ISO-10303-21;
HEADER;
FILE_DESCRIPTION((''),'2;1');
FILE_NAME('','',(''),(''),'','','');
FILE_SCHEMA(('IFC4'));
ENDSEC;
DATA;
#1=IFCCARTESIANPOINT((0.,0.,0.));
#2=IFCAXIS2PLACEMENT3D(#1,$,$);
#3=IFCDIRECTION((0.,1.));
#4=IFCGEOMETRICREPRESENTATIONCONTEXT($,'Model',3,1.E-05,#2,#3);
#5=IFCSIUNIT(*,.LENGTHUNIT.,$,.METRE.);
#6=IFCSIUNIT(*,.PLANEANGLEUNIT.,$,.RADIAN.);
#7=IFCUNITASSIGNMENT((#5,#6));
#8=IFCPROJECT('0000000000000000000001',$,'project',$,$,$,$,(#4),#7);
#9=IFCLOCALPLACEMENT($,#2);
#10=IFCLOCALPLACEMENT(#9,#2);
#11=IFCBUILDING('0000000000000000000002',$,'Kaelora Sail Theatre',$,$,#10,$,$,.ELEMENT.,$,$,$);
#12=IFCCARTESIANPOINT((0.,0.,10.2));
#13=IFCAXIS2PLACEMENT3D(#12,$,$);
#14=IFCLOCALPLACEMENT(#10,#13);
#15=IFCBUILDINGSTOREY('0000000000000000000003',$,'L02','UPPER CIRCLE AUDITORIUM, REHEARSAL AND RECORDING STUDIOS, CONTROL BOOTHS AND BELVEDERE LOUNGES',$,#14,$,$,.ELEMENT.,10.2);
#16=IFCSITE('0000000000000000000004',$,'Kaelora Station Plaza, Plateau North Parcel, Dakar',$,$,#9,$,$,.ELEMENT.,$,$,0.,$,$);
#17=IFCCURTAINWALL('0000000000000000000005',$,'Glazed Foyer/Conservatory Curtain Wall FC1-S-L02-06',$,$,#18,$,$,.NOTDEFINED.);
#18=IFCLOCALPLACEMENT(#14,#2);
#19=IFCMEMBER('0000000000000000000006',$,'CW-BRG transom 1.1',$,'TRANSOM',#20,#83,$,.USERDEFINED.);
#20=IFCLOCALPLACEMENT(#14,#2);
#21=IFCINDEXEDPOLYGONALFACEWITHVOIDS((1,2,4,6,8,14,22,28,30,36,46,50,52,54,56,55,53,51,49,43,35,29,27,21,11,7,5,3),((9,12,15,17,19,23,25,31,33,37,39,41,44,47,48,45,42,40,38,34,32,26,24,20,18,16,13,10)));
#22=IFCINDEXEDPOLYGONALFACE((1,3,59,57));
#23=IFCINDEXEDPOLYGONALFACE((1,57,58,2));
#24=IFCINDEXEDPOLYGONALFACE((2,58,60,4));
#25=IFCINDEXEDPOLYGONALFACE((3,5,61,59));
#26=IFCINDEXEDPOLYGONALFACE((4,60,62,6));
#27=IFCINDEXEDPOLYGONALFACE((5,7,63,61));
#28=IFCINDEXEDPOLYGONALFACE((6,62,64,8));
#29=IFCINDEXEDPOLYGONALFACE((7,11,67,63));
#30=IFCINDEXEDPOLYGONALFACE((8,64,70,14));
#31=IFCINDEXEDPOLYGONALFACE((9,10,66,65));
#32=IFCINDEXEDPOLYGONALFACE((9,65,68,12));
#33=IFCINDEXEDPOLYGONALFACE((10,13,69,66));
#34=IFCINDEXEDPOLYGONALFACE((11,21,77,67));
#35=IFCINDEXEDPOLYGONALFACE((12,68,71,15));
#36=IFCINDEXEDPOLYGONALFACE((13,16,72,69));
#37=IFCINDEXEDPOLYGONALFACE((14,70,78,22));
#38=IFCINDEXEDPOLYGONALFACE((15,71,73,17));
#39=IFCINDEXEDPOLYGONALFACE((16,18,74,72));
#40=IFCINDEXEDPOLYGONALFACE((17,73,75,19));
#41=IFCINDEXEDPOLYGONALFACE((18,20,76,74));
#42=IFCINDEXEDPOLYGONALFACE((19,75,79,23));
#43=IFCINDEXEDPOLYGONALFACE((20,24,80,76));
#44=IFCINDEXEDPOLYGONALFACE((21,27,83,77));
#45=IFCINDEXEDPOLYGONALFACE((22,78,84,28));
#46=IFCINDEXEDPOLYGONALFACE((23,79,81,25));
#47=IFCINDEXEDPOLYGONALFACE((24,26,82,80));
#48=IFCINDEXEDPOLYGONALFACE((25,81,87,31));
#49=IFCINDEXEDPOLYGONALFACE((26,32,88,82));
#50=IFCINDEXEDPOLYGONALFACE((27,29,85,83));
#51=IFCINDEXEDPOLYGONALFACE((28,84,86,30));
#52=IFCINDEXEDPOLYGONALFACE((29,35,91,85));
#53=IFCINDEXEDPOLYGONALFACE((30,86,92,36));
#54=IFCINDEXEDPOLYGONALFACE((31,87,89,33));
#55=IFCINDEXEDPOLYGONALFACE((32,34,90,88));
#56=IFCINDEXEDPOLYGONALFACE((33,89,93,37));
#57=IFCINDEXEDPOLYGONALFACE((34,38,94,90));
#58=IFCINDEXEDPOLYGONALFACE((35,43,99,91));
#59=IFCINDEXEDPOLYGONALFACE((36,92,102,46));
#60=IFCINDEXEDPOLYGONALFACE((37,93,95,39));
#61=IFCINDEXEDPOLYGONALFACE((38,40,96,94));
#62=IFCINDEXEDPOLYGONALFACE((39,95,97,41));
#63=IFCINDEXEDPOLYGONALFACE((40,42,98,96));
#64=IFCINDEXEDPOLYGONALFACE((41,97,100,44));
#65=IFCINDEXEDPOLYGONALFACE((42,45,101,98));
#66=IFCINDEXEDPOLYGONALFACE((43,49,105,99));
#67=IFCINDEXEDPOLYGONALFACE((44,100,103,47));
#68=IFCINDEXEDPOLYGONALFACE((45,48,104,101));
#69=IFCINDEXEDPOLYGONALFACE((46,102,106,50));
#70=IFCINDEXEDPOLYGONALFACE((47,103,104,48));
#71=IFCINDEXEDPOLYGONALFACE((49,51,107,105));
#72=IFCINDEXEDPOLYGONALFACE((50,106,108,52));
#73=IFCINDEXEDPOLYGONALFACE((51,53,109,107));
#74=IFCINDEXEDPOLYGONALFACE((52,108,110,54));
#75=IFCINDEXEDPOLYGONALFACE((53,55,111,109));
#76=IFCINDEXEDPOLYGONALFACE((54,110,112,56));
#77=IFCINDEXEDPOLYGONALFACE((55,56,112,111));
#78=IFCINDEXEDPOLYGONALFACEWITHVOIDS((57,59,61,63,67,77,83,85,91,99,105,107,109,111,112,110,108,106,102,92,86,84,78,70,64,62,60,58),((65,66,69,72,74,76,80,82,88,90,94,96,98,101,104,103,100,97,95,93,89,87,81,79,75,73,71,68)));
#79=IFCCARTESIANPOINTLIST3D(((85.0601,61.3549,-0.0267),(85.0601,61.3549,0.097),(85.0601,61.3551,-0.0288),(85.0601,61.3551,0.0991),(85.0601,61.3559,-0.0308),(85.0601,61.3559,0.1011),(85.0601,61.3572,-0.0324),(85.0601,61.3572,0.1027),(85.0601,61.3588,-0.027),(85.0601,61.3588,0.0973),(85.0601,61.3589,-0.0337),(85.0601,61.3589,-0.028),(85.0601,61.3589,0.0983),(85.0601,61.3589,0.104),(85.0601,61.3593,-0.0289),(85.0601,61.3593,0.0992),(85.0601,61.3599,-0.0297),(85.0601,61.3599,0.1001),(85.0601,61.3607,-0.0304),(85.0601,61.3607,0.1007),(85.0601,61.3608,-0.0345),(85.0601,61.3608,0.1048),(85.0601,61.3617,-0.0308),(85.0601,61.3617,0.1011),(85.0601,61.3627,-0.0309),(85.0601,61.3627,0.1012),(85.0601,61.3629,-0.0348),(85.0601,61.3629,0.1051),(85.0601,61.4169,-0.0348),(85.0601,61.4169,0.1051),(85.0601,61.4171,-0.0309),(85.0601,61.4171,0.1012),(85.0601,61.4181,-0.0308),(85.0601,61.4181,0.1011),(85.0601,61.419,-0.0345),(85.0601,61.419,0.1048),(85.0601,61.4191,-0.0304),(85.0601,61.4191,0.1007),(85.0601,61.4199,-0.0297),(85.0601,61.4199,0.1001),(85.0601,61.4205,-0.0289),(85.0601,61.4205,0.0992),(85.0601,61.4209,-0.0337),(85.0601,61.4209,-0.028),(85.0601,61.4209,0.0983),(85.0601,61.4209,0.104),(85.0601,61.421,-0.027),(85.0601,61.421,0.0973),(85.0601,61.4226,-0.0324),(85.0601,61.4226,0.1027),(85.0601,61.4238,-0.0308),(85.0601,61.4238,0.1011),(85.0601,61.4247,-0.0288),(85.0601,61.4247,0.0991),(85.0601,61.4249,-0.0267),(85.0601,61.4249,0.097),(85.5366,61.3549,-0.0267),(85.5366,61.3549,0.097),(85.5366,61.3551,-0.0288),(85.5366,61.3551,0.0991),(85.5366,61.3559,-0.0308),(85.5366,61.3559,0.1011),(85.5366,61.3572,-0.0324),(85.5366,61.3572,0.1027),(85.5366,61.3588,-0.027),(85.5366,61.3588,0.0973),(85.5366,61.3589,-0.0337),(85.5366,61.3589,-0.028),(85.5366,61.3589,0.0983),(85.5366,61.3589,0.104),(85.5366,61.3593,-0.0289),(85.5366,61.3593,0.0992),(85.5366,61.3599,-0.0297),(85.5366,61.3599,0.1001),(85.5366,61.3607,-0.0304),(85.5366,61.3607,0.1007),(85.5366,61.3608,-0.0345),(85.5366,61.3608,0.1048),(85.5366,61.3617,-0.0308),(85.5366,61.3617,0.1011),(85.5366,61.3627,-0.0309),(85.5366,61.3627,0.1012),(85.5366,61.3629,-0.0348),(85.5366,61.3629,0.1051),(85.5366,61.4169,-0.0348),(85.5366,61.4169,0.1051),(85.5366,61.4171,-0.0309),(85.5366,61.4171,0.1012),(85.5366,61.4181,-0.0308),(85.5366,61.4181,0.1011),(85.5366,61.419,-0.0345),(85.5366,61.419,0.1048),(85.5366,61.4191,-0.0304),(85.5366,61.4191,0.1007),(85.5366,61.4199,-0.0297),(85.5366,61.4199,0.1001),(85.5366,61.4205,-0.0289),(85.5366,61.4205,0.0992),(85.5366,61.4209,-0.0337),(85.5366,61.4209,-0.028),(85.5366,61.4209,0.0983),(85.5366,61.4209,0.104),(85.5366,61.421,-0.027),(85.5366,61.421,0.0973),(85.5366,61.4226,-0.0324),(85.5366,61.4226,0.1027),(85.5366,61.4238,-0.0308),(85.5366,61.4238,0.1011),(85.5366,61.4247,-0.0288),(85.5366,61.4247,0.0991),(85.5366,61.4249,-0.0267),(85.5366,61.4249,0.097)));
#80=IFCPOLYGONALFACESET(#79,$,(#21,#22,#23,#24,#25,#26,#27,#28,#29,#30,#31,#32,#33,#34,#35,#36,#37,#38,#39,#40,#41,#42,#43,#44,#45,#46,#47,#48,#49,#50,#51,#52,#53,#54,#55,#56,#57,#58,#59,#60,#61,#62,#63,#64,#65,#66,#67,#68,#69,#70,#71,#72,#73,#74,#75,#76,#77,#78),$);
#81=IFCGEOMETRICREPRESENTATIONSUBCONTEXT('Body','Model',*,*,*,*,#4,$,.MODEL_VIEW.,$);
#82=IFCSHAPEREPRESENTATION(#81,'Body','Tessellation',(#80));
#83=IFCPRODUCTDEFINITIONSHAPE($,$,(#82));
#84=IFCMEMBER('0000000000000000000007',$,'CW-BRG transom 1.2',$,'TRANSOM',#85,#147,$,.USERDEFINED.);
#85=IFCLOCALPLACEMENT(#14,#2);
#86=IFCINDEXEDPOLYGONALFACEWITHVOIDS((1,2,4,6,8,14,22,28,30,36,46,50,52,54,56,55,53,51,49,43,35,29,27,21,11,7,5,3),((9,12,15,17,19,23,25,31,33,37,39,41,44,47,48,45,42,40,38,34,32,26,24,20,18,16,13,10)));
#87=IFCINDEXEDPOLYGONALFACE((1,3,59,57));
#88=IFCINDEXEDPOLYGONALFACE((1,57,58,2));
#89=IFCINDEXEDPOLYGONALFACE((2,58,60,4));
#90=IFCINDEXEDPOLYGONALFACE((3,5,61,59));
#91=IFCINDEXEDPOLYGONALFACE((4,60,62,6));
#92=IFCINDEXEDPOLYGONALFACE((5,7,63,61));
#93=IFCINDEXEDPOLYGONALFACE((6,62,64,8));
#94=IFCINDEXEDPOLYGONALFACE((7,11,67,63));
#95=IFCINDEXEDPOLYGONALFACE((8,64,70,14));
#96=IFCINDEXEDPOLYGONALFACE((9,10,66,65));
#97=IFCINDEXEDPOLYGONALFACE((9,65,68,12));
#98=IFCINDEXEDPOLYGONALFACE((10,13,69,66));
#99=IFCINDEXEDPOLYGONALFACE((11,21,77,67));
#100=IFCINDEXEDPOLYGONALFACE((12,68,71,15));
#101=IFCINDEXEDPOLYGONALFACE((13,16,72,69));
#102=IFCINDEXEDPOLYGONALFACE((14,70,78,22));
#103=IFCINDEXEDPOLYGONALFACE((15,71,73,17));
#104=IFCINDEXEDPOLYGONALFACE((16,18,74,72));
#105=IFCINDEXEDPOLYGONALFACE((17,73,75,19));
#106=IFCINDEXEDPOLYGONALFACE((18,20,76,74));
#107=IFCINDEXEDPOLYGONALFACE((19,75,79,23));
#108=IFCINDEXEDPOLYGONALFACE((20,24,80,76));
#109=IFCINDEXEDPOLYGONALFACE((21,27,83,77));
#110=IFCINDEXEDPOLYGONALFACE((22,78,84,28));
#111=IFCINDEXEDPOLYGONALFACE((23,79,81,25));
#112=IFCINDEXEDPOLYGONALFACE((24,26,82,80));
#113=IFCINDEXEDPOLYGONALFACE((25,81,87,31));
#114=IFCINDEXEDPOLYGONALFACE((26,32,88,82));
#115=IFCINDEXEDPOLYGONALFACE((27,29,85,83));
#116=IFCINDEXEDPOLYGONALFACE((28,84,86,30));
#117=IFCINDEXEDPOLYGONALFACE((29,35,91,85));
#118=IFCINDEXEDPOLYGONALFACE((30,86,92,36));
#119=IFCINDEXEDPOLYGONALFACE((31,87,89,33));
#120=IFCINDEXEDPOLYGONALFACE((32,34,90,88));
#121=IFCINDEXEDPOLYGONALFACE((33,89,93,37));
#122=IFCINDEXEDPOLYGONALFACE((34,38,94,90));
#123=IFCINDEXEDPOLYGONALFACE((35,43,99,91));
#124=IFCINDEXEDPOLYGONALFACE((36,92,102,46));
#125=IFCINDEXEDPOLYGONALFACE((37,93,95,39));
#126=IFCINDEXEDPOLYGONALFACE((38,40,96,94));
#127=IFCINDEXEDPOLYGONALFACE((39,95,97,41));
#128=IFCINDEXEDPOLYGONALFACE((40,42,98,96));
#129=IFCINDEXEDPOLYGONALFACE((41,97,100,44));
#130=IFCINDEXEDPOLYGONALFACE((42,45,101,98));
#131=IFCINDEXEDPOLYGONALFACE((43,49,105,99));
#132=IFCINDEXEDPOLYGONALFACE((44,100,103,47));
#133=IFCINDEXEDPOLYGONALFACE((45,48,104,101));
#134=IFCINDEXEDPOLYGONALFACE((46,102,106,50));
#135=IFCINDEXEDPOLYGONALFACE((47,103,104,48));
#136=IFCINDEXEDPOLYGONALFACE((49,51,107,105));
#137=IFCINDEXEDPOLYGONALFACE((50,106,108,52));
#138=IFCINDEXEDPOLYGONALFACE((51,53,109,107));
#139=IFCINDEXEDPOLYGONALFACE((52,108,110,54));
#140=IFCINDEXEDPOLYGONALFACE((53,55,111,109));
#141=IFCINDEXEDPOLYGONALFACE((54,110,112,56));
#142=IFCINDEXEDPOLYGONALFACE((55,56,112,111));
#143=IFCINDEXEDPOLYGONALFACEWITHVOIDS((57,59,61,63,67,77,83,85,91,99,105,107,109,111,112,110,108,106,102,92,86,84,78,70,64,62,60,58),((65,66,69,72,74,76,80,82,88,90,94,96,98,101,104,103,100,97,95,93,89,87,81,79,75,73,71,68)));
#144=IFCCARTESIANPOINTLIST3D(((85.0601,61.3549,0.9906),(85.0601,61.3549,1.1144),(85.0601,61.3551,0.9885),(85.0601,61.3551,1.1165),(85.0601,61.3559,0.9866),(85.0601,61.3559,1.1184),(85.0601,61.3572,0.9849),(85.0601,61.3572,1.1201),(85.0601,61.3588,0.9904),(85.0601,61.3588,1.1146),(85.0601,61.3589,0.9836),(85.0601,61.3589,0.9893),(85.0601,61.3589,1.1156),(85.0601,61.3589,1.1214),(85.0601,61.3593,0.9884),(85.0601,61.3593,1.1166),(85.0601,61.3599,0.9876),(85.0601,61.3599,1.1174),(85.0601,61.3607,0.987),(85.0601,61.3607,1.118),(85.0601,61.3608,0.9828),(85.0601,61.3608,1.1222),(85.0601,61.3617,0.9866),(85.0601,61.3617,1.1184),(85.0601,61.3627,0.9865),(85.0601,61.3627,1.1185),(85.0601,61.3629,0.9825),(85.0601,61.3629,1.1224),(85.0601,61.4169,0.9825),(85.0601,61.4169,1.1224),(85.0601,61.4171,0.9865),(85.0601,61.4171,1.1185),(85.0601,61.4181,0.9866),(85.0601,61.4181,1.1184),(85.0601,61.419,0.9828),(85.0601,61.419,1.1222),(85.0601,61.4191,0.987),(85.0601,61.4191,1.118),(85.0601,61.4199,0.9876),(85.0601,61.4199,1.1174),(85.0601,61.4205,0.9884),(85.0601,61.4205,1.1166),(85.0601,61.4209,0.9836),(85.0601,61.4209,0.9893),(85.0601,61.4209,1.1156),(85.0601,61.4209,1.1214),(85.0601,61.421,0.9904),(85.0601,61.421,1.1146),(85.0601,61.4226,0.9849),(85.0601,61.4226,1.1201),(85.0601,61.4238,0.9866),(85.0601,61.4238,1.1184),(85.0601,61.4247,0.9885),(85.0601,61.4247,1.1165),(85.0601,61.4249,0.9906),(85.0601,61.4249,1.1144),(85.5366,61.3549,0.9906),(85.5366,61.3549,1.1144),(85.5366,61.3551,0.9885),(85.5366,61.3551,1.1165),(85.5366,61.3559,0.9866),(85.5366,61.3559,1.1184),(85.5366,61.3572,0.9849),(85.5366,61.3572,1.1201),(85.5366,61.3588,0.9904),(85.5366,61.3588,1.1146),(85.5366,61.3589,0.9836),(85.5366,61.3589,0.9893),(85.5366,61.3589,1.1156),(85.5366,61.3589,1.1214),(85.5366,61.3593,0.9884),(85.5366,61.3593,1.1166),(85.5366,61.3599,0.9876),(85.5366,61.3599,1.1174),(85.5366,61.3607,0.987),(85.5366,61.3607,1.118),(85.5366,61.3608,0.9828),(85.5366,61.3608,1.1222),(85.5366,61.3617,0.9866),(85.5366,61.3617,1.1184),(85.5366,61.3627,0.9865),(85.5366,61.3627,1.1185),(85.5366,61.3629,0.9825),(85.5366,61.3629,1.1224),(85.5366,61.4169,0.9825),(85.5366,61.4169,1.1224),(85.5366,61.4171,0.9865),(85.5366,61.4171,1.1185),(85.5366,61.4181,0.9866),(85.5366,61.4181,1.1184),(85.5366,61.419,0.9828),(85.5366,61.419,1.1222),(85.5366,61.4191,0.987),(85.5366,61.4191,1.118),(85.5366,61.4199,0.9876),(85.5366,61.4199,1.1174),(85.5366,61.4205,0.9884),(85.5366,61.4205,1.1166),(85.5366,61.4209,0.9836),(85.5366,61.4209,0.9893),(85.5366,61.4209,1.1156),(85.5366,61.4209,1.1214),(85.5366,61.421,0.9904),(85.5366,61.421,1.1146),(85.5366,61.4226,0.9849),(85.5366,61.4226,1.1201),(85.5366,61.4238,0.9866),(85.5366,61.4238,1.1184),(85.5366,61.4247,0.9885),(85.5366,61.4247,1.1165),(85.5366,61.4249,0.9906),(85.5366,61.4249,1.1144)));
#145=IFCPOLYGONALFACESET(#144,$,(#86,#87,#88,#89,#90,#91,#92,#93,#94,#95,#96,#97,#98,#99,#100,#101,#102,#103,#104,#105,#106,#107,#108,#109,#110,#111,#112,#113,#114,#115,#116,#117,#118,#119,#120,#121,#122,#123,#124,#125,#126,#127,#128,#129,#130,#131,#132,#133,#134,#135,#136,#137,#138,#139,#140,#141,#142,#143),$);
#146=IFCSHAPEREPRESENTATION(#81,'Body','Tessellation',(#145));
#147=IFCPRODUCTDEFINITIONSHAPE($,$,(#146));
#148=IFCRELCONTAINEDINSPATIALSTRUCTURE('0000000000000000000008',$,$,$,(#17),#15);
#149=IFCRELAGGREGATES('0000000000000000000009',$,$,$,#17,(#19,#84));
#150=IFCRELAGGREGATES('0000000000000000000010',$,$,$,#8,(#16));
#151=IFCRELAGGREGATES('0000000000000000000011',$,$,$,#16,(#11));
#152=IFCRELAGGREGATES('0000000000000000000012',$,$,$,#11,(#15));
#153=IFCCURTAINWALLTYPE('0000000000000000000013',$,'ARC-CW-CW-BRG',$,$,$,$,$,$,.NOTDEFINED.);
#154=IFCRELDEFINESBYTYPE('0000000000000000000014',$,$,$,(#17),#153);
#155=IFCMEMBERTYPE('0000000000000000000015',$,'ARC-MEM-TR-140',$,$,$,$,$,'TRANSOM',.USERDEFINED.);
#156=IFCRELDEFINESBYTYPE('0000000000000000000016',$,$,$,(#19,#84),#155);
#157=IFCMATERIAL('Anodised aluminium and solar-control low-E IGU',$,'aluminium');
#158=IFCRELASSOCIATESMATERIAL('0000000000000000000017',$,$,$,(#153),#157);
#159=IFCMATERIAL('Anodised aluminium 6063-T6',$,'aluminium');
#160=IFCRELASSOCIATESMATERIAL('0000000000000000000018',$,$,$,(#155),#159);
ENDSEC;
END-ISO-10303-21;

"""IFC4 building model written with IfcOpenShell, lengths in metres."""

from ifc_helpers import new_model, si_unit, direction, frame, origin, origin_2d, place, context, subcontext, project, spatial, hollow_rectangle, extrude, material, material_profile, profile_set, type_object, element, aggregate, save


model = new_model("IFC4")

# Units and contexts
model_context = context("Model", 3, precision=1e-05, world=origin(), true_north=direction((0.0, 1.0)))
body_context = subcontext(model_context, "Body", "Model", "MODEL_VIEW")
ifc_project = project(units=[si_unit("LENGTHUNIT", "METRE"), si_unit("PLANEANGLEUNIT", "RADIAN")], contexts=[model_context])

# Site, building, storey
site_placement = place(None, origin())
site = spatial("IfcSite", under=ifc_project, at=site_placement, Name="Kaelora Station Plaza, Plateau North Parcel, Dakar", CompositionType="ELEMENT", RefElevation=0.0)
building_placement = place(site_placement, origin())
building = spatial("IfcBuilding", under=site, at=building_placement, Name="Kaelora Sail Theatre", CompositionType="ELEMENT")
storey_placement = place(building_placement, frame((0.0, 0.0, 10.2)))
storey = spatial("IfcBuildingStorey", under=building, at=storey_placement, Name="L02", Description="UPPER CIRCLE AUDITORIUM, REHEARSAL AND RECORDING STUDIOS, CONTROL BOOTHS AND BELVEDERE LOUNGES", CompositionType="ELEMENT", Elevation=10.2)

# Shared definitions
ifc_material_1 = material(Name="Anodised aluminium and solar-control low-E IGU", Category="aluminium")
curtain_wall_type = type_object("IfcCurtainWallType", Name="ARC-CW-CW-BRG", PredefinedType="NOTDEFINED", material=ifc_material_1)

# Curtain wall
curtain_wall_1_placement = place(storey_placement, origin())
curtain_wall_1 = element("IfcCurtainWall", 1, at=curtain_wall_1_placement, inside=storey, type_object=curtain_wall_type, Name="Glazed Foyer/Conservatory Curtain Wall FC1-S-L02-06", PredefinedType="NOTDEFINED")

# Members
ifc_material_2 = material(Name="Anodised aluminium 6063-T6", Category="aluminium")
ifc_material_profile_1 = material_profile(ifc_material_2, hollow_rectangle(XDim=0.0701, YDim=0.1399, WallThickness=0.0039, InnerFilletRadius=0.0039, OuterFilletRadius=0.0081, at=origin_2d()), Name="ALU-TRAN 70x140x4")
ifc_profile_set_1 = profile_set([ifc_material_profile_1], Name="Anodised aluminium 6063-T6")
member_type_1 = type_object("IfcMemberType", Name="ARC-MEM-TR-140", ElementType="TRANSOM", PredefinedType="USERDEFINED", material=ifc_profile_set_1)
member_1_placement = place(storey_placement, frame((85.0601, 61.3899, 0.0352), z_axis=(1.0, 0.0, 0.0), x_axis=(0.0, 1.0, 0.0)))
member_1 = element("IfcMember", 2, at=member_1_placement, type_object=member_type_1, Name="CW-BRG transom 1.1", ObjectType="TRANSOM", PredefinedType="USERDEFINED", context=body_context, shape_type="SweptSolid", body=[
    extrude(hollow_rectangle(XDim=0.0701, YDim=0.1399, WallThickness=0.0039, InnerFilletRadius=0.0039, OuterFilletRadius=0.0081, at=origin_2d()), origin(), (0.0, 0.0, 1.0), 0.4766),
])
member_2_placement = place(storey_placement, frame((85.0601, 61.3899, 1.0525), z_axis=(1.0, 0.0, 0.0), x_axis=(0.0, 1.0, 0.0)))
member_2 = element("IfcMember", 3, at=member_2_placement, type_object=member_type_1, Name="CW-BRG transom 1.2", ObjectType="TRANSOM", PredefinedType="USERDEFINED", context=body_context, shape_type="SweptSolid", body=[
    extrude(hollow_rectangle(XDim=0.0701, YDim=0.1399, WallThickness=0.0039, InnerFilletRadius=0.0039, OuterFilletRadius=0.0081, at=origin_2d()), origin(), (0.0, 0.0, 1.0), 0.4766),
])
aggregate(curtain_wall_1, [member_1, member_2])

save(model, "model.ifc")
